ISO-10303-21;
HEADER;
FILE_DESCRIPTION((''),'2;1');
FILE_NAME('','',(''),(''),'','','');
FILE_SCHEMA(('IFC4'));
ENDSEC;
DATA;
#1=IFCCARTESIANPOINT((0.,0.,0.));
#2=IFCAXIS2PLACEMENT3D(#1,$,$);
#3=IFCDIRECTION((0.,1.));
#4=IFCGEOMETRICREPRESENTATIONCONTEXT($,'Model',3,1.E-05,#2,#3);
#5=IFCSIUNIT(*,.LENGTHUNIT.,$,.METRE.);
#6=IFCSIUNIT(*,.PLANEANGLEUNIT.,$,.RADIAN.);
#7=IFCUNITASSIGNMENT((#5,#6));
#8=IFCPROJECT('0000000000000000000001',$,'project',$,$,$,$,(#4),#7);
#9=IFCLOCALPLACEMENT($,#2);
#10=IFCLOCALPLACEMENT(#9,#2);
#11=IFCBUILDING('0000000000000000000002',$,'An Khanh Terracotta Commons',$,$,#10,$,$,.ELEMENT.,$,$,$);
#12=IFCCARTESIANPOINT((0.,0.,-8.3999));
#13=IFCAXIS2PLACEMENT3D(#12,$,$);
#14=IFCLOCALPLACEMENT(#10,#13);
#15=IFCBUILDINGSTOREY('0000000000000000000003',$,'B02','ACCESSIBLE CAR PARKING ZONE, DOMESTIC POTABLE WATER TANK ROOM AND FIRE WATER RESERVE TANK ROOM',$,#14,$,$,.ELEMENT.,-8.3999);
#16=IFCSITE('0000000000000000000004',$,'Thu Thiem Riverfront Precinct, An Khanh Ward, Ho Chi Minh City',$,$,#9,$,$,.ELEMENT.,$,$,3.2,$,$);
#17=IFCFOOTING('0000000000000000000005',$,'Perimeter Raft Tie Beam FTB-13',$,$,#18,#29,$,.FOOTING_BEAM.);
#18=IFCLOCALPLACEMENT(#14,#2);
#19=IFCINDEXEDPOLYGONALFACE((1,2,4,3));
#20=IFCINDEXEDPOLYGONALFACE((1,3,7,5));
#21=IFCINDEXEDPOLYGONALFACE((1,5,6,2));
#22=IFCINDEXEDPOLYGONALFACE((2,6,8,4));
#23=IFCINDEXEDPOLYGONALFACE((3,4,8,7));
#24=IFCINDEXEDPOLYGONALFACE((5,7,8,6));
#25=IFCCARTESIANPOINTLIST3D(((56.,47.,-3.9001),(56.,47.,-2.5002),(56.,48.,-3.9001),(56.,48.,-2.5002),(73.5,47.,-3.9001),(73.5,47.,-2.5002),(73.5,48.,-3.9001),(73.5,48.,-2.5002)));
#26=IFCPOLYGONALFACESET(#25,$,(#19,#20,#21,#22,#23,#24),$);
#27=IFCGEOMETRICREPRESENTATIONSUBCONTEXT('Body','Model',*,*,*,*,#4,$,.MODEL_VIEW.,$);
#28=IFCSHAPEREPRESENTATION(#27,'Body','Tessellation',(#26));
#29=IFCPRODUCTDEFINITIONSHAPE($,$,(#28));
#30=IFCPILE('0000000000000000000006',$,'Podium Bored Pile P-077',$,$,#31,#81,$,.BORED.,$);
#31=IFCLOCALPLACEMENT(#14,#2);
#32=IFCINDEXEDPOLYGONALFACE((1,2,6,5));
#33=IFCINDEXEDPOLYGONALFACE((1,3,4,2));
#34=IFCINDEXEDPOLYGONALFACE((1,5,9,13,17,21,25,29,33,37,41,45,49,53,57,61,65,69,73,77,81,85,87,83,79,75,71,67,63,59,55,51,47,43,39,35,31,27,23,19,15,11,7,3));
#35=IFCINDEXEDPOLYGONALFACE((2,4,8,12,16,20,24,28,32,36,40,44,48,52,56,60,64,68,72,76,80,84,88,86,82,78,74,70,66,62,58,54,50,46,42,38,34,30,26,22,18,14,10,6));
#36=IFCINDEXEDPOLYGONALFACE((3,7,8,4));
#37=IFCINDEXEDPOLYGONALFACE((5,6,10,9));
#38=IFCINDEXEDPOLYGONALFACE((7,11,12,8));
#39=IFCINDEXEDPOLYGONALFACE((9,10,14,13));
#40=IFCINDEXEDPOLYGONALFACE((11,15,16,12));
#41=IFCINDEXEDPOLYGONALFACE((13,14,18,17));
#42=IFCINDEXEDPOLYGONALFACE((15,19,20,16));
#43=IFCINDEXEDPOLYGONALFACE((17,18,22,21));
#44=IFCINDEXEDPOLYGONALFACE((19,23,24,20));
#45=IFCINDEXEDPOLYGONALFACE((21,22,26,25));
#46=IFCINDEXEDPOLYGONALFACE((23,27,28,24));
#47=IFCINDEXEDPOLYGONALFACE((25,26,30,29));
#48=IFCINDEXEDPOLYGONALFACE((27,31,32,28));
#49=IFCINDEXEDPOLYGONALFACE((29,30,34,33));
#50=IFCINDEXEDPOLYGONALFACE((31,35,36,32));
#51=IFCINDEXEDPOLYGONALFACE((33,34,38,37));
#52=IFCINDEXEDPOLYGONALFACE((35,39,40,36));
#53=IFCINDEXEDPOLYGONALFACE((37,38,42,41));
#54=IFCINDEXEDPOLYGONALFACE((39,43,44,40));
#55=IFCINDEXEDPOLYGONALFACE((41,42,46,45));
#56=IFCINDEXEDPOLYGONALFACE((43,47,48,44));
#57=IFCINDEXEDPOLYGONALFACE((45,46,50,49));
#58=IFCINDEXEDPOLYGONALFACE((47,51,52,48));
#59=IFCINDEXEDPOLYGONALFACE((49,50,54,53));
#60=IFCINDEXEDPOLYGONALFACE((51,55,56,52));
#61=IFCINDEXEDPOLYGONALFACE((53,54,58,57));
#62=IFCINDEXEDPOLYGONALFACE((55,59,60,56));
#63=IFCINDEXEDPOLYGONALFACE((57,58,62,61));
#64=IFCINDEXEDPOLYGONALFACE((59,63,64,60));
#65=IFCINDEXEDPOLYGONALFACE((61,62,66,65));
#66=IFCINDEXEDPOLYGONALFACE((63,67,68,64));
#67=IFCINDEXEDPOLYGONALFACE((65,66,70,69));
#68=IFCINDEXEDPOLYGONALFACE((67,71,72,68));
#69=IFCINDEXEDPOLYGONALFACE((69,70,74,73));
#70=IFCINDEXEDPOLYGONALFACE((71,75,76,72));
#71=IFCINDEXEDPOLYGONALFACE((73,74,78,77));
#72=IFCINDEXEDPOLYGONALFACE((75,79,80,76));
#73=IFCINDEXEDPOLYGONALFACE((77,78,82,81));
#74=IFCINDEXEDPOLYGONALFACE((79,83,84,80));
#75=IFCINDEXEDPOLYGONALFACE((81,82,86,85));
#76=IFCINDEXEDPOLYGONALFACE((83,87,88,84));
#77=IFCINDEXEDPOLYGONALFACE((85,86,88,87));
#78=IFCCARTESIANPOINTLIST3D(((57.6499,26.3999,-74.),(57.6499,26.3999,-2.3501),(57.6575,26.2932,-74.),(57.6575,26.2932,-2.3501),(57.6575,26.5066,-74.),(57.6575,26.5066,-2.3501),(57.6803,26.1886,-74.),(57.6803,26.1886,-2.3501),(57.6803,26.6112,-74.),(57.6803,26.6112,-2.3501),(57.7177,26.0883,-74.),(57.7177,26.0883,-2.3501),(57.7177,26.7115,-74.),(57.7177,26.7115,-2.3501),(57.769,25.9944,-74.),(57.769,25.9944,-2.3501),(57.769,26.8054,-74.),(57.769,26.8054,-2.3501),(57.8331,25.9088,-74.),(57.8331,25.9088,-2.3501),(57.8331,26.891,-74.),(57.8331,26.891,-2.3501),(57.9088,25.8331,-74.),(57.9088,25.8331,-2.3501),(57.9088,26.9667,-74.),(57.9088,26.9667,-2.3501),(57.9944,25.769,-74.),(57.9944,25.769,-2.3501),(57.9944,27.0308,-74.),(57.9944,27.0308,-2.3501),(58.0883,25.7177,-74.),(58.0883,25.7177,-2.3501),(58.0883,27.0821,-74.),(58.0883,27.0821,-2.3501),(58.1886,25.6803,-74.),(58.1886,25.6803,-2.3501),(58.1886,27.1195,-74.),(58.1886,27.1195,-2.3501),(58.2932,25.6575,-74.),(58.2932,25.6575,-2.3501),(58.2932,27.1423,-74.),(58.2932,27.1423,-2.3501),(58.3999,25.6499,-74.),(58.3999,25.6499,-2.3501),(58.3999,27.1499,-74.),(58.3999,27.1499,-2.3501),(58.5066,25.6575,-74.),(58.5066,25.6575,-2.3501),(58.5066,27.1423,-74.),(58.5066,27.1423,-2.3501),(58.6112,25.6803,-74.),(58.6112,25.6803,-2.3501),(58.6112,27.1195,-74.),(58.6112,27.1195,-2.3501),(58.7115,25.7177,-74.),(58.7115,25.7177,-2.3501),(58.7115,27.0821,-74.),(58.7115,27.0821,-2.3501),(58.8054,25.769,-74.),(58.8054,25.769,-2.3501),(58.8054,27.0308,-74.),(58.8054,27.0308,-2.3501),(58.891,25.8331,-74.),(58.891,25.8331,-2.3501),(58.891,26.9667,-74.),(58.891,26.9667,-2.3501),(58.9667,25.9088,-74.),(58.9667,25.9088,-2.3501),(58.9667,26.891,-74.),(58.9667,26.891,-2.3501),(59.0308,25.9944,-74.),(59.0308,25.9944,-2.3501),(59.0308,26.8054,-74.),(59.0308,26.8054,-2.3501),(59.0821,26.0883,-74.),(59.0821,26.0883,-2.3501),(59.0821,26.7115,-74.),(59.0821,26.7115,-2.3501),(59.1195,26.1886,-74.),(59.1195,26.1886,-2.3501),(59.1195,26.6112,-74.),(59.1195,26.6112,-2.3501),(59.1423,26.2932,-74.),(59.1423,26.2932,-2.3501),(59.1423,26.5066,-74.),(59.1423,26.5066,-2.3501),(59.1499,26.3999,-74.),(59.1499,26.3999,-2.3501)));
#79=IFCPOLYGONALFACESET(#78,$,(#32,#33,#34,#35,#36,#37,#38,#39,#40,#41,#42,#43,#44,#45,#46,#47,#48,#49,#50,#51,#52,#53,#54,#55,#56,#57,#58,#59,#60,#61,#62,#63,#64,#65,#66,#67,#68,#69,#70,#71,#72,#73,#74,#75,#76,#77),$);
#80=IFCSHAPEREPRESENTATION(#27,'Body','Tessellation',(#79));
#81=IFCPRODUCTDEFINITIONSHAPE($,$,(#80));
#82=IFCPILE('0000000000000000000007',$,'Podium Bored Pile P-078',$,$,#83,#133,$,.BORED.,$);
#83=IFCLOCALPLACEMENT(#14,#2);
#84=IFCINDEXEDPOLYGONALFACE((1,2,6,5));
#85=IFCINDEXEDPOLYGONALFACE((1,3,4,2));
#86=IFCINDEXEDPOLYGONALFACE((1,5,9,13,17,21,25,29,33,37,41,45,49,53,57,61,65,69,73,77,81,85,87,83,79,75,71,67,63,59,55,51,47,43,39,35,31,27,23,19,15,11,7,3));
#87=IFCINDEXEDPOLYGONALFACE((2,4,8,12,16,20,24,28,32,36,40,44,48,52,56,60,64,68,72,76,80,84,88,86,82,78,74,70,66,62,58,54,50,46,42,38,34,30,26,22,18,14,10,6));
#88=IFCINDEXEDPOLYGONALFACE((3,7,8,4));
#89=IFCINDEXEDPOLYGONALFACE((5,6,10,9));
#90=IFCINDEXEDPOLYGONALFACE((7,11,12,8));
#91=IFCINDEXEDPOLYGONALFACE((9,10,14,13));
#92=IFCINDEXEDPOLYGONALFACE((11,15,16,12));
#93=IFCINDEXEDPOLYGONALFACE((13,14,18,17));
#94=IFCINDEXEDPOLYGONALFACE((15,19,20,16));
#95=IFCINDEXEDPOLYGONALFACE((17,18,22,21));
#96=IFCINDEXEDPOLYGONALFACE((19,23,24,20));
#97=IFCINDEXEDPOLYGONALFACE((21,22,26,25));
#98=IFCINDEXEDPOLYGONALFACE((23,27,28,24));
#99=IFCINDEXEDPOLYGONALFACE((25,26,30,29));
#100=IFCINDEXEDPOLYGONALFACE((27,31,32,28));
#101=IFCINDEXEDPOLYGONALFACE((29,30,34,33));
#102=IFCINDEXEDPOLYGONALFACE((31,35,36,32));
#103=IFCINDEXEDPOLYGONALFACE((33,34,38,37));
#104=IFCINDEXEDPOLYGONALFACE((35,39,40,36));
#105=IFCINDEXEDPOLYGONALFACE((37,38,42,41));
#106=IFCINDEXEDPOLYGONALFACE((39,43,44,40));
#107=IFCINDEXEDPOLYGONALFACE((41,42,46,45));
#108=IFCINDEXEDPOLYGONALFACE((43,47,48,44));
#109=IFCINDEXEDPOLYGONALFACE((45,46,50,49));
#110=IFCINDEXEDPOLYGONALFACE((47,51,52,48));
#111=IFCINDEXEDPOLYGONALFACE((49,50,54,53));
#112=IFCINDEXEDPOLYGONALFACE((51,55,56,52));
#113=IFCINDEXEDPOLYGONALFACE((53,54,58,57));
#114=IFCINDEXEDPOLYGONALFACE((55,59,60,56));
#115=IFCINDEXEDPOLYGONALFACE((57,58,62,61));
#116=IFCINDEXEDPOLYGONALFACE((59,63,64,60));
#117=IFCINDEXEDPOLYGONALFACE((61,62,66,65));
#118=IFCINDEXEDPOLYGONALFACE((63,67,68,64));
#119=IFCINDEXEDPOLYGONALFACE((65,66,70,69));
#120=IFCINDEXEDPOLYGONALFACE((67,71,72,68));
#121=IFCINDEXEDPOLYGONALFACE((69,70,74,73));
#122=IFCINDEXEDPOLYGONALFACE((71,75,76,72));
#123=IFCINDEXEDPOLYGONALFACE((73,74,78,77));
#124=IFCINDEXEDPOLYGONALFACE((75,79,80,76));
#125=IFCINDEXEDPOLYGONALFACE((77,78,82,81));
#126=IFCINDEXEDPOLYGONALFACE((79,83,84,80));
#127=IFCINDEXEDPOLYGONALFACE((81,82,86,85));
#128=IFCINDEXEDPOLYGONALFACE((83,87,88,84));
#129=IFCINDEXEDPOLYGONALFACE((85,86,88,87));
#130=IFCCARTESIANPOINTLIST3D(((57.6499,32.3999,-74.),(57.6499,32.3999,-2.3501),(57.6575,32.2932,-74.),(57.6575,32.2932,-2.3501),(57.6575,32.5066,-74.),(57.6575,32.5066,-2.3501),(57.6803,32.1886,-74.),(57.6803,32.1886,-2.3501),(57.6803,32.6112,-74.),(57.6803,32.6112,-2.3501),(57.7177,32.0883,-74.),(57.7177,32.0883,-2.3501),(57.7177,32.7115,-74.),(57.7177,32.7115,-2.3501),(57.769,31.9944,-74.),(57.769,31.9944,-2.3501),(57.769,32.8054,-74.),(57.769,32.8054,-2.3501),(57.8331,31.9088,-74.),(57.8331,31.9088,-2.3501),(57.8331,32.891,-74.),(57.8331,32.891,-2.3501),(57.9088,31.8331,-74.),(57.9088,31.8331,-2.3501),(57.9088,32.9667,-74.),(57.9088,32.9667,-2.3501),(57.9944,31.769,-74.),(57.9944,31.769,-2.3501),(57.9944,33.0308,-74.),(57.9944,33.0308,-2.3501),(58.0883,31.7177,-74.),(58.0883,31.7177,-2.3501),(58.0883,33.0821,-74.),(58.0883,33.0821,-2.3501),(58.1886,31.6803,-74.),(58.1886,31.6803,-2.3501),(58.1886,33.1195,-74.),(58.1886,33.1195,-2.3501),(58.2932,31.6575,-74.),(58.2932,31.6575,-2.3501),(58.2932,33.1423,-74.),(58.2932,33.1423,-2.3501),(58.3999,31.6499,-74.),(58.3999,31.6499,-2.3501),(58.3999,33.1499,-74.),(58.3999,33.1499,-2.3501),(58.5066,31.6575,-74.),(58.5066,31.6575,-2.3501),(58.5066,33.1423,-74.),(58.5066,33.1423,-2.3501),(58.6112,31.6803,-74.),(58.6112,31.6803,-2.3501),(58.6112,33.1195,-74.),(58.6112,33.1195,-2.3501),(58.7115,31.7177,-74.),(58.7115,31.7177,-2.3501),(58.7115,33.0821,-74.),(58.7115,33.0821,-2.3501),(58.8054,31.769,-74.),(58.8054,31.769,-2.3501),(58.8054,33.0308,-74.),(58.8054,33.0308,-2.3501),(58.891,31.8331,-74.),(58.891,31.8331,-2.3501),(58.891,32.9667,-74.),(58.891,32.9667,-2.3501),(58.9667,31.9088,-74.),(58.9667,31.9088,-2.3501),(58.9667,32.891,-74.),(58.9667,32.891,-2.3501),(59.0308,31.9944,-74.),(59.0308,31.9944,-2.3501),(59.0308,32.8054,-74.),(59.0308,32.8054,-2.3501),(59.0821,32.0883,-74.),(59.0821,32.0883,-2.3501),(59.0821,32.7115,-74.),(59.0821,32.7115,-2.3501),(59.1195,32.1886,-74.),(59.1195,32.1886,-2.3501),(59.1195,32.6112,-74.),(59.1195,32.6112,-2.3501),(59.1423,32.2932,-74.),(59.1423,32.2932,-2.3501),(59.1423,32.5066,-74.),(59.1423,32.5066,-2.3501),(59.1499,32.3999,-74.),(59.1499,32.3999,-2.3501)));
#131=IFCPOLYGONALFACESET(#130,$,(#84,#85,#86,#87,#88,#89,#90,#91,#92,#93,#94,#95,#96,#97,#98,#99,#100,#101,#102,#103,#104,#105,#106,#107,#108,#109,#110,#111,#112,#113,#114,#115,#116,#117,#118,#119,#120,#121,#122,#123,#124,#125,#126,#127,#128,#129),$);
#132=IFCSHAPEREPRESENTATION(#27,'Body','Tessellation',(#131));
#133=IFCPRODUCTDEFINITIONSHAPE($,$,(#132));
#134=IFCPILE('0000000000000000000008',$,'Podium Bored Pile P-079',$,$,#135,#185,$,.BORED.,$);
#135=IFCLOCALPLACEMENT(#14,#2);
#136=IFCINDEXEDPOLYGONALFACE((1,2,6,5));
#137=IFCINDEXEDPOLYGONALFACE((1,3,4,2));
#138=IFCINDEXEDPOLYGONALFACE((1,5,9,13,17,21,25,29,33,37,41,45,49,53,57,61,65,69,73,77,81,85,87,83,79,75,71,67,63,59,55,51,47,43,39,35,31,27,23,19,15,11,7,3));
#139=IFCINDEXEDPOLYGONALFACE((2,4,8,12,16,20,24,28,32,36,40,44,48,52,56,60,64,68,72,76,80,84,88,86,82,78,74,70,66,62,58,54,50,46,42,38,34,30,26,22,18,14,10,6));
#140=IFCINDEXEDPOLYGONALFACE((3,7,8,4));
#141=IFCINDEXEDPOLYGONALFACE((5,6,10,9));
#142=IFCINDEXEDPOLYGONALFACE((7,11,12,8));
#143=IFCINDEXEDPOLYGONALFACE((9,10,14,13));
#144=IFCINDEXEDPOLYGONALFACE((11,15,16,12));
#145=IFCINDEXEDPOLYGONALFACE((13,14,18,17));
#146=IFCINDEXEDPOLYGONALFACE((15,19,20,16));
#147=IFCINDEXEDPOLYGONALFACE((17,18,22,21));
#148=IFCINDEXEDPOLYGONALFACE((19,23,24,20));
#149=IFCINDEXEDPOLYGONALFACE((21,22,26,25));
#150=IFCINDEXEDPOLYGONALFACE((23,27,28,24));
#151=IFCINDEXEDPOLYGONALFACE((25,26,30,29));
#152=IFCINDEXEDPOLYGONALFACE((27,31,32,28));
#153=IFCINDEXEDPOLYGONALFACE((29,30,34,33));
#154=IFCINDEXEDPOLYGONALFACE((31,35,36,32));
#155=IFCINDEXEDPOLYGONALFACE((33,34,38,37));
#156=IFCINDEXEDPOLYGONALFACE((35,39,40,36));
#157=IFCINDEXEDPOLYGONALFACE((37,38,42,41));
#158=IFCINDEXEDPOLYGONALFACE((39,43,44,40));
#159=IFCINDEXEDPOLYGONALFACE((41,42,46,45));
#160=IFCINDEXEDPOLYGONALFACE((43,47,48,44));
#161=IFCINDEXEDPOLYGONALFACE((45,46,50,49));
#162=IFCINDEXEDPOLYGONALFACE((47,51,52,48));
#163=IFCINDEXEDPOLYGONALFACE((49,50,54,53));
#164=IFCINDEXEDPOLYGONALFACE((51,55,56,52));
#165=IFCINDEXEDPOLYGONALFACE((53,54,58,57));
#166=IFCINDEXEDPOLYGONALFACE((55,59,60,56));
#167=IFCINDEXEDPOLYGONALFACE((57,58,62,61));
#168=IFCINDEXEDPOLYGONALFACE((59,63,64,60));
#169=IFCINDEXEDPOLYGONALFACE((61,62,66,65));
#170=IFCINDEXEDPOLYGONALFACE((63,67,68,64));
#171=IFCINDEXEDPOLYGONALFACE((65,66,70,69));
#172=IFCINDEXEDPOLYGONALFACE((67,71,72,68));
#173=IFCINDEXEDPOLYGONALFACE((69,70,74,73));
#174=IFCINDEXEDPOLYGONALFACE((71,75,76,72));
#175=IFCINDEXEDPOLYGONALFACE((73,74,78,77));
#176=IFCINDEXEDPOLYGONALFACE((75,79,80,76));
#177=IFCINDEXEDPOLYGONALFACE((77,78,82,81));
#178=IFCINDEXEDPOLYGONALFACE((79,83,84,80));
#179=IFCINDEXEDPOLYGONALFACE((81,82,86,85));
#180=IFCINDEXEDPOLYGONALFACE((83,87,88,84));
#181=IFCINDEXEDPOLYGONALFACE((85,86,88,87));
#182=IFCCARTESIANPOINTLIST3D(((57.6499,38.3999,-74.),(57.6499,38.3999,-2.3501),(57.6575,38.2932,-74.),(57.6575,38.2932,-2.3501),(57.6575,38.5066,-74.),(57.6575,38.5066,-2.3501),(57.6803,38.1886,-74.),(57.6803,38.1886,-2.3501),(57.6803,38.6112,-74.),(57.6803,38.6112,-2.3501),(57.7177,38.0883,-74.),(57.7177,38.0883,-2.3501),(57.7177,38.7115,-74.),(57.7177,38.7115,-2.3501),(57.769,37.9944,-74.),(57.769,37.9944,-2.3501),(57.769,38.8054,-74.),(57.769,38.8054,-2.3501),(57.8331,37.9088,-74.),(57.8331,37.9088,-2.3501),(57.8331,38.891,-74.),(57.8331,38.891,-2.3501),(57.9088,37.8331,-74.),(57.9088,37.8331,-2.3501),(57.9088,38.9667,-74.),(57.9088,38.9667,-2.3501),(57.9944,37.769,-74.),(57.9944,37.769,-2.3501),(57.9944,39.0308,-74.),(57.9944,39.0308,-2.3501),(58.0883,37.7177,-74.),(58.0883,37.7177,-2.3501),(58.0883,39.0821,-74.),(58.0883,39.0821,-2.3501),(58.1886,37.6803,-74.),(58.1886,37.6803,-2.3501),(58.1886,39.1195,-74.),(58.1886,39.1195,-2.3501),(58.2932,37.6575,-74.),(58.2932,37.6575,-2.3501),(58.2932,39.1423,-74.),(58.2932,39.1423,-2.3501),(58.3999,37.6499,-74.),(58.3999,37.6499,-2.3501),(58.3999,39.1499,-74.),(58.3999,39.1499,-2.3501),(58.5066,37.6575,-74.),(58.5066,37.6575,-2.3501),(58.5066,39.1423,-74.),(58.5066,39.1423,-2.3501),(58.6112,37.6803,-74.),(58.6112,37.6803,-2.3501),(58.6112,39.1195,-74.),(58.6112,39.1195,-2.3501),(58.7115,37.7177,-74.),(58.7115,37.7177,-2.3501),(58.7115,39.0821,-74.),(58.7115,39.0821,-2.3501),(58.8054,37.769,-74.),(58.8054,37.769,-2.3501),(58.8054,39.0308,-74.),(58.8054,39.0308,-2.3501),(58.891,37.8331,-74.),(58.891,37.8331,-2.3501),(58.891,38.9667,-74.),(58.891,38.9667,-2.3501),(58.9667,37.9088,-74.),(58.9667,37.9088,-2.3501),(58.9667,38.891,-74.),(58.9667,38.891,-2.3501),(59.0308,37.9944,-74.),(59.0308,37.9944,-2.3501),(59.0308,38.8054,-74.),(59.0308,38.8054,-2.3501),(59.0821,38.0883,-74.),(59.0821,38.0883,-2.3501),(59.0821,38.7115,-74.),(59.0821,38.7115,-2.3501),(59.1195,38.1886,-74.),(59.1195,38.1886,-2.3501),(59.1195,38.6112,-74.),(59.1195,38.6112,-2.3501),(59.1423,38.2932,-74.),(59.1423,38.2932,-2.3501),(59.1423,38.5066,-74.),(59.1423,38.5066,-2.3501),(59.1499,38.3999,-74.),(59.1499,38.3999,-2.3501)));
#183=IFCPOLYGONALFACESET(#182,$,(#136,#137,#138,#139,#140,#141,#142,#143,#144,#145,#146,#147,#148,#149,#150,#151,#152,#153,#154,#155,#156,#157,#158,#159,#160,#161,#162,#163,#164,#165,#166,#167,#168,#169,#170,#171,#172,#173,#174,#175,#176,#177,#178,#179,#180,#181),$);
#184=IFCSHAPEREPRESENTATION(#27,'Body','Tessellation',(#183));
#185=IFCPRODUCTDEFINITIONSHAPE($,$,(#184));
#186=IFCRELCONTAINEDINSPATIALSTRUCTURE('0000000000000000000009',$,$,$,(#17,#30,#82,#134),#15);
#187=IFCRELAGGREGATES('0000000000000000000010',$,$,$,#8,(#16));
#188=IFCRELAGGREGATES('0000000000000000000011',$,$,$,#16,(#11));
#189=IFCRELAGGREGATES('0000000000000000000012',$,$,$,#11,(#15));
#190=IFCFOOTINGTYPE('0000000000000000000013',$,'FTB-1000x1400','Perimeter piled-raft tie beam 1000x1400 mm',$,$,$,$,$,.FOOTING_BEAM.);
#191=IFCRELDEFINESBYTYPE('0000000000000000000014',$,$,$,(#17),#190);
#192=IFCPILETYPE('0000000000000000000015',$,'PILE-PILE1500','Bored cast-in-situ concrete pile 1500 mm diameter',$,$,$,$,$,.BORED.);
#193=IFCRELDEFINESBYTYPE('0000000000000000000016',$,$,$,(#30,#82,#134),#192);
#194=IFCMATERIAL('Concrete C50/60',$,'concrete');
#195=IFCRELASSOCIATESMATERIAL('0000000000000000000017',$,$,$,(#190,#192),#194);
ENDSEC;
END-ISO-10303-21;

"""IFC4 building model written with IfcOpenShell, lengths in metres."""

from ifc_helpers import new_model, si_unit, direction, frame, origin, origin_2d, place, context, subcontext, project, spatial, rectangle, circle, extrude, material, material_profile, profile_set, type_object, element, save


model = new_model("IFC4")

# Units and contexts
model_context = context("Model", 3, precision=1e-05, world=origin(), true_north=direction((0.0, 1.0)))
body_context = subcontext(model_context, "Body", "Model", "MODEL_VIEW")
ifc_project = project(units=[si_unit("LENGTHUNIT", "METRE"), si_unit("PLANEANGLEUNIT", "RADIAN")], contexts=[model_context])

# Site, building, storey
site_placement = place(None, origin())
site = spatial("IfcSite", under=ifc_project, at=site_placement, Name="Thu Thiem Riverfront Precinct, An Khanh Ward, Ho Chi Minh City", CompositionType="ELEMENT", RefElevation=3.2)
building_placement = place(site_placement, origin())
building = spatial("IfcBuilding", under=site, at=building_placement, Name="An Khanh Terracotta Commons", CompositionType="ELEMENT")
storey_placement = place(building_placement, frame((0.0, 0.0, -8.3999)))
storey = spatial("IfcBuildingStorey", under=building, at=storey_placement, Name="B02", Description="ACCESSIBLE CAR PARKING ZONE, DOMESTIC POTABLE WATER TANK ROOM AND FIRE WATER RESERVE TANK ROOM", CompositionType="ELEMENT", Elevation=-8.3999)

# Footing
ifc_material_1 = material(Name="Concrete C50/60", Category="concrete")
ifc_material_profile_1 = material_profile(ifc_material_1, rectangle(XDim=1.0, YDim=1.3999, at=origin_2d()), Name="FTB1000x1400")
ifc_profile_set_1 = profile_set([ifc_material_profile_1], Name="Concrete C50/60")
footing_type = type_object("IfcFootingType", Name="FTB-1000x1400", Description="Perimeter piled-raft tie beam 1000x1400 mm", PredefinedType="FOOTING_BEAM", material=ifc_profile_set_1)
footing_placement = place(storey_placement, frame((56.0, 47.5, -3.2002), z_axis=(1.0, 0.0, 0.0), x_axis=(0.0, 1.0, 0.0)))
element("IfcFooting", 1, at=footing_placement, inside=storey, type_object=footing_type, Name="Perimeter Raft Tie Beam FTB-13", PredefinedType="FOOTING_BEAM", context=body_context, shape_type="SweptSolid", body=[
    extrude(rectangle(XDim=1.0, YDim=1.3999, at=origin_2d()), origin(), (0.0, 0.0, 1.0), 17.5),
])

# Piles
ifc_material_profile_2 = material_profile(ifc_material_1, circle(Radius=0.75, at=origin_2d()), Name="PILE1500")
ifc_profile_set_2 = profile_set([ifc_material_profile_2], Name="Concrete C50/60")
pile_type_1 = type_object("IfcPileType", Name="PILE-PILE1500", Description="Bored cast-in-situ concrete pile 1500 mm diameter", PredefinedType="BORED", material=ifc_profile_set_2)
for number, where, z_axis, x_axis, name in (
    (2, (58.3999, 26.3999, -2.3501), (0.0, 0.0, -1.0), (1.0, 0.0, 0.0), "Podium Bored Pile P-077"),
    (3, (58.3999, 32.3999, -2.3501), (0.0, 0.0, -1.0), (1.0, 0.0, 0.0), "Podium Bored Pile P-078"),
    (4, (58.3999, 38.3999, -2.3501), (0.0, 0.0, -1.0), (1.0, 0.0, 0.0), "Podium Bored Pile P-079"),
):
    element("IfcPile", number, at=place(storey_placement, frame(where, z_axis=z_axis, x_axis=x_axis)), inside=storey, type_object=pile_type_1, Name=name, PredefinedType="BORED", context=body_context, shape_type="SweptSolid", body=[
        extrude(circle(Radius=0.75, at=origin_2d()), origin(), (0.0, 0.0, 1.0), 71.6499),
    ])

save(model, "model.ifc")
